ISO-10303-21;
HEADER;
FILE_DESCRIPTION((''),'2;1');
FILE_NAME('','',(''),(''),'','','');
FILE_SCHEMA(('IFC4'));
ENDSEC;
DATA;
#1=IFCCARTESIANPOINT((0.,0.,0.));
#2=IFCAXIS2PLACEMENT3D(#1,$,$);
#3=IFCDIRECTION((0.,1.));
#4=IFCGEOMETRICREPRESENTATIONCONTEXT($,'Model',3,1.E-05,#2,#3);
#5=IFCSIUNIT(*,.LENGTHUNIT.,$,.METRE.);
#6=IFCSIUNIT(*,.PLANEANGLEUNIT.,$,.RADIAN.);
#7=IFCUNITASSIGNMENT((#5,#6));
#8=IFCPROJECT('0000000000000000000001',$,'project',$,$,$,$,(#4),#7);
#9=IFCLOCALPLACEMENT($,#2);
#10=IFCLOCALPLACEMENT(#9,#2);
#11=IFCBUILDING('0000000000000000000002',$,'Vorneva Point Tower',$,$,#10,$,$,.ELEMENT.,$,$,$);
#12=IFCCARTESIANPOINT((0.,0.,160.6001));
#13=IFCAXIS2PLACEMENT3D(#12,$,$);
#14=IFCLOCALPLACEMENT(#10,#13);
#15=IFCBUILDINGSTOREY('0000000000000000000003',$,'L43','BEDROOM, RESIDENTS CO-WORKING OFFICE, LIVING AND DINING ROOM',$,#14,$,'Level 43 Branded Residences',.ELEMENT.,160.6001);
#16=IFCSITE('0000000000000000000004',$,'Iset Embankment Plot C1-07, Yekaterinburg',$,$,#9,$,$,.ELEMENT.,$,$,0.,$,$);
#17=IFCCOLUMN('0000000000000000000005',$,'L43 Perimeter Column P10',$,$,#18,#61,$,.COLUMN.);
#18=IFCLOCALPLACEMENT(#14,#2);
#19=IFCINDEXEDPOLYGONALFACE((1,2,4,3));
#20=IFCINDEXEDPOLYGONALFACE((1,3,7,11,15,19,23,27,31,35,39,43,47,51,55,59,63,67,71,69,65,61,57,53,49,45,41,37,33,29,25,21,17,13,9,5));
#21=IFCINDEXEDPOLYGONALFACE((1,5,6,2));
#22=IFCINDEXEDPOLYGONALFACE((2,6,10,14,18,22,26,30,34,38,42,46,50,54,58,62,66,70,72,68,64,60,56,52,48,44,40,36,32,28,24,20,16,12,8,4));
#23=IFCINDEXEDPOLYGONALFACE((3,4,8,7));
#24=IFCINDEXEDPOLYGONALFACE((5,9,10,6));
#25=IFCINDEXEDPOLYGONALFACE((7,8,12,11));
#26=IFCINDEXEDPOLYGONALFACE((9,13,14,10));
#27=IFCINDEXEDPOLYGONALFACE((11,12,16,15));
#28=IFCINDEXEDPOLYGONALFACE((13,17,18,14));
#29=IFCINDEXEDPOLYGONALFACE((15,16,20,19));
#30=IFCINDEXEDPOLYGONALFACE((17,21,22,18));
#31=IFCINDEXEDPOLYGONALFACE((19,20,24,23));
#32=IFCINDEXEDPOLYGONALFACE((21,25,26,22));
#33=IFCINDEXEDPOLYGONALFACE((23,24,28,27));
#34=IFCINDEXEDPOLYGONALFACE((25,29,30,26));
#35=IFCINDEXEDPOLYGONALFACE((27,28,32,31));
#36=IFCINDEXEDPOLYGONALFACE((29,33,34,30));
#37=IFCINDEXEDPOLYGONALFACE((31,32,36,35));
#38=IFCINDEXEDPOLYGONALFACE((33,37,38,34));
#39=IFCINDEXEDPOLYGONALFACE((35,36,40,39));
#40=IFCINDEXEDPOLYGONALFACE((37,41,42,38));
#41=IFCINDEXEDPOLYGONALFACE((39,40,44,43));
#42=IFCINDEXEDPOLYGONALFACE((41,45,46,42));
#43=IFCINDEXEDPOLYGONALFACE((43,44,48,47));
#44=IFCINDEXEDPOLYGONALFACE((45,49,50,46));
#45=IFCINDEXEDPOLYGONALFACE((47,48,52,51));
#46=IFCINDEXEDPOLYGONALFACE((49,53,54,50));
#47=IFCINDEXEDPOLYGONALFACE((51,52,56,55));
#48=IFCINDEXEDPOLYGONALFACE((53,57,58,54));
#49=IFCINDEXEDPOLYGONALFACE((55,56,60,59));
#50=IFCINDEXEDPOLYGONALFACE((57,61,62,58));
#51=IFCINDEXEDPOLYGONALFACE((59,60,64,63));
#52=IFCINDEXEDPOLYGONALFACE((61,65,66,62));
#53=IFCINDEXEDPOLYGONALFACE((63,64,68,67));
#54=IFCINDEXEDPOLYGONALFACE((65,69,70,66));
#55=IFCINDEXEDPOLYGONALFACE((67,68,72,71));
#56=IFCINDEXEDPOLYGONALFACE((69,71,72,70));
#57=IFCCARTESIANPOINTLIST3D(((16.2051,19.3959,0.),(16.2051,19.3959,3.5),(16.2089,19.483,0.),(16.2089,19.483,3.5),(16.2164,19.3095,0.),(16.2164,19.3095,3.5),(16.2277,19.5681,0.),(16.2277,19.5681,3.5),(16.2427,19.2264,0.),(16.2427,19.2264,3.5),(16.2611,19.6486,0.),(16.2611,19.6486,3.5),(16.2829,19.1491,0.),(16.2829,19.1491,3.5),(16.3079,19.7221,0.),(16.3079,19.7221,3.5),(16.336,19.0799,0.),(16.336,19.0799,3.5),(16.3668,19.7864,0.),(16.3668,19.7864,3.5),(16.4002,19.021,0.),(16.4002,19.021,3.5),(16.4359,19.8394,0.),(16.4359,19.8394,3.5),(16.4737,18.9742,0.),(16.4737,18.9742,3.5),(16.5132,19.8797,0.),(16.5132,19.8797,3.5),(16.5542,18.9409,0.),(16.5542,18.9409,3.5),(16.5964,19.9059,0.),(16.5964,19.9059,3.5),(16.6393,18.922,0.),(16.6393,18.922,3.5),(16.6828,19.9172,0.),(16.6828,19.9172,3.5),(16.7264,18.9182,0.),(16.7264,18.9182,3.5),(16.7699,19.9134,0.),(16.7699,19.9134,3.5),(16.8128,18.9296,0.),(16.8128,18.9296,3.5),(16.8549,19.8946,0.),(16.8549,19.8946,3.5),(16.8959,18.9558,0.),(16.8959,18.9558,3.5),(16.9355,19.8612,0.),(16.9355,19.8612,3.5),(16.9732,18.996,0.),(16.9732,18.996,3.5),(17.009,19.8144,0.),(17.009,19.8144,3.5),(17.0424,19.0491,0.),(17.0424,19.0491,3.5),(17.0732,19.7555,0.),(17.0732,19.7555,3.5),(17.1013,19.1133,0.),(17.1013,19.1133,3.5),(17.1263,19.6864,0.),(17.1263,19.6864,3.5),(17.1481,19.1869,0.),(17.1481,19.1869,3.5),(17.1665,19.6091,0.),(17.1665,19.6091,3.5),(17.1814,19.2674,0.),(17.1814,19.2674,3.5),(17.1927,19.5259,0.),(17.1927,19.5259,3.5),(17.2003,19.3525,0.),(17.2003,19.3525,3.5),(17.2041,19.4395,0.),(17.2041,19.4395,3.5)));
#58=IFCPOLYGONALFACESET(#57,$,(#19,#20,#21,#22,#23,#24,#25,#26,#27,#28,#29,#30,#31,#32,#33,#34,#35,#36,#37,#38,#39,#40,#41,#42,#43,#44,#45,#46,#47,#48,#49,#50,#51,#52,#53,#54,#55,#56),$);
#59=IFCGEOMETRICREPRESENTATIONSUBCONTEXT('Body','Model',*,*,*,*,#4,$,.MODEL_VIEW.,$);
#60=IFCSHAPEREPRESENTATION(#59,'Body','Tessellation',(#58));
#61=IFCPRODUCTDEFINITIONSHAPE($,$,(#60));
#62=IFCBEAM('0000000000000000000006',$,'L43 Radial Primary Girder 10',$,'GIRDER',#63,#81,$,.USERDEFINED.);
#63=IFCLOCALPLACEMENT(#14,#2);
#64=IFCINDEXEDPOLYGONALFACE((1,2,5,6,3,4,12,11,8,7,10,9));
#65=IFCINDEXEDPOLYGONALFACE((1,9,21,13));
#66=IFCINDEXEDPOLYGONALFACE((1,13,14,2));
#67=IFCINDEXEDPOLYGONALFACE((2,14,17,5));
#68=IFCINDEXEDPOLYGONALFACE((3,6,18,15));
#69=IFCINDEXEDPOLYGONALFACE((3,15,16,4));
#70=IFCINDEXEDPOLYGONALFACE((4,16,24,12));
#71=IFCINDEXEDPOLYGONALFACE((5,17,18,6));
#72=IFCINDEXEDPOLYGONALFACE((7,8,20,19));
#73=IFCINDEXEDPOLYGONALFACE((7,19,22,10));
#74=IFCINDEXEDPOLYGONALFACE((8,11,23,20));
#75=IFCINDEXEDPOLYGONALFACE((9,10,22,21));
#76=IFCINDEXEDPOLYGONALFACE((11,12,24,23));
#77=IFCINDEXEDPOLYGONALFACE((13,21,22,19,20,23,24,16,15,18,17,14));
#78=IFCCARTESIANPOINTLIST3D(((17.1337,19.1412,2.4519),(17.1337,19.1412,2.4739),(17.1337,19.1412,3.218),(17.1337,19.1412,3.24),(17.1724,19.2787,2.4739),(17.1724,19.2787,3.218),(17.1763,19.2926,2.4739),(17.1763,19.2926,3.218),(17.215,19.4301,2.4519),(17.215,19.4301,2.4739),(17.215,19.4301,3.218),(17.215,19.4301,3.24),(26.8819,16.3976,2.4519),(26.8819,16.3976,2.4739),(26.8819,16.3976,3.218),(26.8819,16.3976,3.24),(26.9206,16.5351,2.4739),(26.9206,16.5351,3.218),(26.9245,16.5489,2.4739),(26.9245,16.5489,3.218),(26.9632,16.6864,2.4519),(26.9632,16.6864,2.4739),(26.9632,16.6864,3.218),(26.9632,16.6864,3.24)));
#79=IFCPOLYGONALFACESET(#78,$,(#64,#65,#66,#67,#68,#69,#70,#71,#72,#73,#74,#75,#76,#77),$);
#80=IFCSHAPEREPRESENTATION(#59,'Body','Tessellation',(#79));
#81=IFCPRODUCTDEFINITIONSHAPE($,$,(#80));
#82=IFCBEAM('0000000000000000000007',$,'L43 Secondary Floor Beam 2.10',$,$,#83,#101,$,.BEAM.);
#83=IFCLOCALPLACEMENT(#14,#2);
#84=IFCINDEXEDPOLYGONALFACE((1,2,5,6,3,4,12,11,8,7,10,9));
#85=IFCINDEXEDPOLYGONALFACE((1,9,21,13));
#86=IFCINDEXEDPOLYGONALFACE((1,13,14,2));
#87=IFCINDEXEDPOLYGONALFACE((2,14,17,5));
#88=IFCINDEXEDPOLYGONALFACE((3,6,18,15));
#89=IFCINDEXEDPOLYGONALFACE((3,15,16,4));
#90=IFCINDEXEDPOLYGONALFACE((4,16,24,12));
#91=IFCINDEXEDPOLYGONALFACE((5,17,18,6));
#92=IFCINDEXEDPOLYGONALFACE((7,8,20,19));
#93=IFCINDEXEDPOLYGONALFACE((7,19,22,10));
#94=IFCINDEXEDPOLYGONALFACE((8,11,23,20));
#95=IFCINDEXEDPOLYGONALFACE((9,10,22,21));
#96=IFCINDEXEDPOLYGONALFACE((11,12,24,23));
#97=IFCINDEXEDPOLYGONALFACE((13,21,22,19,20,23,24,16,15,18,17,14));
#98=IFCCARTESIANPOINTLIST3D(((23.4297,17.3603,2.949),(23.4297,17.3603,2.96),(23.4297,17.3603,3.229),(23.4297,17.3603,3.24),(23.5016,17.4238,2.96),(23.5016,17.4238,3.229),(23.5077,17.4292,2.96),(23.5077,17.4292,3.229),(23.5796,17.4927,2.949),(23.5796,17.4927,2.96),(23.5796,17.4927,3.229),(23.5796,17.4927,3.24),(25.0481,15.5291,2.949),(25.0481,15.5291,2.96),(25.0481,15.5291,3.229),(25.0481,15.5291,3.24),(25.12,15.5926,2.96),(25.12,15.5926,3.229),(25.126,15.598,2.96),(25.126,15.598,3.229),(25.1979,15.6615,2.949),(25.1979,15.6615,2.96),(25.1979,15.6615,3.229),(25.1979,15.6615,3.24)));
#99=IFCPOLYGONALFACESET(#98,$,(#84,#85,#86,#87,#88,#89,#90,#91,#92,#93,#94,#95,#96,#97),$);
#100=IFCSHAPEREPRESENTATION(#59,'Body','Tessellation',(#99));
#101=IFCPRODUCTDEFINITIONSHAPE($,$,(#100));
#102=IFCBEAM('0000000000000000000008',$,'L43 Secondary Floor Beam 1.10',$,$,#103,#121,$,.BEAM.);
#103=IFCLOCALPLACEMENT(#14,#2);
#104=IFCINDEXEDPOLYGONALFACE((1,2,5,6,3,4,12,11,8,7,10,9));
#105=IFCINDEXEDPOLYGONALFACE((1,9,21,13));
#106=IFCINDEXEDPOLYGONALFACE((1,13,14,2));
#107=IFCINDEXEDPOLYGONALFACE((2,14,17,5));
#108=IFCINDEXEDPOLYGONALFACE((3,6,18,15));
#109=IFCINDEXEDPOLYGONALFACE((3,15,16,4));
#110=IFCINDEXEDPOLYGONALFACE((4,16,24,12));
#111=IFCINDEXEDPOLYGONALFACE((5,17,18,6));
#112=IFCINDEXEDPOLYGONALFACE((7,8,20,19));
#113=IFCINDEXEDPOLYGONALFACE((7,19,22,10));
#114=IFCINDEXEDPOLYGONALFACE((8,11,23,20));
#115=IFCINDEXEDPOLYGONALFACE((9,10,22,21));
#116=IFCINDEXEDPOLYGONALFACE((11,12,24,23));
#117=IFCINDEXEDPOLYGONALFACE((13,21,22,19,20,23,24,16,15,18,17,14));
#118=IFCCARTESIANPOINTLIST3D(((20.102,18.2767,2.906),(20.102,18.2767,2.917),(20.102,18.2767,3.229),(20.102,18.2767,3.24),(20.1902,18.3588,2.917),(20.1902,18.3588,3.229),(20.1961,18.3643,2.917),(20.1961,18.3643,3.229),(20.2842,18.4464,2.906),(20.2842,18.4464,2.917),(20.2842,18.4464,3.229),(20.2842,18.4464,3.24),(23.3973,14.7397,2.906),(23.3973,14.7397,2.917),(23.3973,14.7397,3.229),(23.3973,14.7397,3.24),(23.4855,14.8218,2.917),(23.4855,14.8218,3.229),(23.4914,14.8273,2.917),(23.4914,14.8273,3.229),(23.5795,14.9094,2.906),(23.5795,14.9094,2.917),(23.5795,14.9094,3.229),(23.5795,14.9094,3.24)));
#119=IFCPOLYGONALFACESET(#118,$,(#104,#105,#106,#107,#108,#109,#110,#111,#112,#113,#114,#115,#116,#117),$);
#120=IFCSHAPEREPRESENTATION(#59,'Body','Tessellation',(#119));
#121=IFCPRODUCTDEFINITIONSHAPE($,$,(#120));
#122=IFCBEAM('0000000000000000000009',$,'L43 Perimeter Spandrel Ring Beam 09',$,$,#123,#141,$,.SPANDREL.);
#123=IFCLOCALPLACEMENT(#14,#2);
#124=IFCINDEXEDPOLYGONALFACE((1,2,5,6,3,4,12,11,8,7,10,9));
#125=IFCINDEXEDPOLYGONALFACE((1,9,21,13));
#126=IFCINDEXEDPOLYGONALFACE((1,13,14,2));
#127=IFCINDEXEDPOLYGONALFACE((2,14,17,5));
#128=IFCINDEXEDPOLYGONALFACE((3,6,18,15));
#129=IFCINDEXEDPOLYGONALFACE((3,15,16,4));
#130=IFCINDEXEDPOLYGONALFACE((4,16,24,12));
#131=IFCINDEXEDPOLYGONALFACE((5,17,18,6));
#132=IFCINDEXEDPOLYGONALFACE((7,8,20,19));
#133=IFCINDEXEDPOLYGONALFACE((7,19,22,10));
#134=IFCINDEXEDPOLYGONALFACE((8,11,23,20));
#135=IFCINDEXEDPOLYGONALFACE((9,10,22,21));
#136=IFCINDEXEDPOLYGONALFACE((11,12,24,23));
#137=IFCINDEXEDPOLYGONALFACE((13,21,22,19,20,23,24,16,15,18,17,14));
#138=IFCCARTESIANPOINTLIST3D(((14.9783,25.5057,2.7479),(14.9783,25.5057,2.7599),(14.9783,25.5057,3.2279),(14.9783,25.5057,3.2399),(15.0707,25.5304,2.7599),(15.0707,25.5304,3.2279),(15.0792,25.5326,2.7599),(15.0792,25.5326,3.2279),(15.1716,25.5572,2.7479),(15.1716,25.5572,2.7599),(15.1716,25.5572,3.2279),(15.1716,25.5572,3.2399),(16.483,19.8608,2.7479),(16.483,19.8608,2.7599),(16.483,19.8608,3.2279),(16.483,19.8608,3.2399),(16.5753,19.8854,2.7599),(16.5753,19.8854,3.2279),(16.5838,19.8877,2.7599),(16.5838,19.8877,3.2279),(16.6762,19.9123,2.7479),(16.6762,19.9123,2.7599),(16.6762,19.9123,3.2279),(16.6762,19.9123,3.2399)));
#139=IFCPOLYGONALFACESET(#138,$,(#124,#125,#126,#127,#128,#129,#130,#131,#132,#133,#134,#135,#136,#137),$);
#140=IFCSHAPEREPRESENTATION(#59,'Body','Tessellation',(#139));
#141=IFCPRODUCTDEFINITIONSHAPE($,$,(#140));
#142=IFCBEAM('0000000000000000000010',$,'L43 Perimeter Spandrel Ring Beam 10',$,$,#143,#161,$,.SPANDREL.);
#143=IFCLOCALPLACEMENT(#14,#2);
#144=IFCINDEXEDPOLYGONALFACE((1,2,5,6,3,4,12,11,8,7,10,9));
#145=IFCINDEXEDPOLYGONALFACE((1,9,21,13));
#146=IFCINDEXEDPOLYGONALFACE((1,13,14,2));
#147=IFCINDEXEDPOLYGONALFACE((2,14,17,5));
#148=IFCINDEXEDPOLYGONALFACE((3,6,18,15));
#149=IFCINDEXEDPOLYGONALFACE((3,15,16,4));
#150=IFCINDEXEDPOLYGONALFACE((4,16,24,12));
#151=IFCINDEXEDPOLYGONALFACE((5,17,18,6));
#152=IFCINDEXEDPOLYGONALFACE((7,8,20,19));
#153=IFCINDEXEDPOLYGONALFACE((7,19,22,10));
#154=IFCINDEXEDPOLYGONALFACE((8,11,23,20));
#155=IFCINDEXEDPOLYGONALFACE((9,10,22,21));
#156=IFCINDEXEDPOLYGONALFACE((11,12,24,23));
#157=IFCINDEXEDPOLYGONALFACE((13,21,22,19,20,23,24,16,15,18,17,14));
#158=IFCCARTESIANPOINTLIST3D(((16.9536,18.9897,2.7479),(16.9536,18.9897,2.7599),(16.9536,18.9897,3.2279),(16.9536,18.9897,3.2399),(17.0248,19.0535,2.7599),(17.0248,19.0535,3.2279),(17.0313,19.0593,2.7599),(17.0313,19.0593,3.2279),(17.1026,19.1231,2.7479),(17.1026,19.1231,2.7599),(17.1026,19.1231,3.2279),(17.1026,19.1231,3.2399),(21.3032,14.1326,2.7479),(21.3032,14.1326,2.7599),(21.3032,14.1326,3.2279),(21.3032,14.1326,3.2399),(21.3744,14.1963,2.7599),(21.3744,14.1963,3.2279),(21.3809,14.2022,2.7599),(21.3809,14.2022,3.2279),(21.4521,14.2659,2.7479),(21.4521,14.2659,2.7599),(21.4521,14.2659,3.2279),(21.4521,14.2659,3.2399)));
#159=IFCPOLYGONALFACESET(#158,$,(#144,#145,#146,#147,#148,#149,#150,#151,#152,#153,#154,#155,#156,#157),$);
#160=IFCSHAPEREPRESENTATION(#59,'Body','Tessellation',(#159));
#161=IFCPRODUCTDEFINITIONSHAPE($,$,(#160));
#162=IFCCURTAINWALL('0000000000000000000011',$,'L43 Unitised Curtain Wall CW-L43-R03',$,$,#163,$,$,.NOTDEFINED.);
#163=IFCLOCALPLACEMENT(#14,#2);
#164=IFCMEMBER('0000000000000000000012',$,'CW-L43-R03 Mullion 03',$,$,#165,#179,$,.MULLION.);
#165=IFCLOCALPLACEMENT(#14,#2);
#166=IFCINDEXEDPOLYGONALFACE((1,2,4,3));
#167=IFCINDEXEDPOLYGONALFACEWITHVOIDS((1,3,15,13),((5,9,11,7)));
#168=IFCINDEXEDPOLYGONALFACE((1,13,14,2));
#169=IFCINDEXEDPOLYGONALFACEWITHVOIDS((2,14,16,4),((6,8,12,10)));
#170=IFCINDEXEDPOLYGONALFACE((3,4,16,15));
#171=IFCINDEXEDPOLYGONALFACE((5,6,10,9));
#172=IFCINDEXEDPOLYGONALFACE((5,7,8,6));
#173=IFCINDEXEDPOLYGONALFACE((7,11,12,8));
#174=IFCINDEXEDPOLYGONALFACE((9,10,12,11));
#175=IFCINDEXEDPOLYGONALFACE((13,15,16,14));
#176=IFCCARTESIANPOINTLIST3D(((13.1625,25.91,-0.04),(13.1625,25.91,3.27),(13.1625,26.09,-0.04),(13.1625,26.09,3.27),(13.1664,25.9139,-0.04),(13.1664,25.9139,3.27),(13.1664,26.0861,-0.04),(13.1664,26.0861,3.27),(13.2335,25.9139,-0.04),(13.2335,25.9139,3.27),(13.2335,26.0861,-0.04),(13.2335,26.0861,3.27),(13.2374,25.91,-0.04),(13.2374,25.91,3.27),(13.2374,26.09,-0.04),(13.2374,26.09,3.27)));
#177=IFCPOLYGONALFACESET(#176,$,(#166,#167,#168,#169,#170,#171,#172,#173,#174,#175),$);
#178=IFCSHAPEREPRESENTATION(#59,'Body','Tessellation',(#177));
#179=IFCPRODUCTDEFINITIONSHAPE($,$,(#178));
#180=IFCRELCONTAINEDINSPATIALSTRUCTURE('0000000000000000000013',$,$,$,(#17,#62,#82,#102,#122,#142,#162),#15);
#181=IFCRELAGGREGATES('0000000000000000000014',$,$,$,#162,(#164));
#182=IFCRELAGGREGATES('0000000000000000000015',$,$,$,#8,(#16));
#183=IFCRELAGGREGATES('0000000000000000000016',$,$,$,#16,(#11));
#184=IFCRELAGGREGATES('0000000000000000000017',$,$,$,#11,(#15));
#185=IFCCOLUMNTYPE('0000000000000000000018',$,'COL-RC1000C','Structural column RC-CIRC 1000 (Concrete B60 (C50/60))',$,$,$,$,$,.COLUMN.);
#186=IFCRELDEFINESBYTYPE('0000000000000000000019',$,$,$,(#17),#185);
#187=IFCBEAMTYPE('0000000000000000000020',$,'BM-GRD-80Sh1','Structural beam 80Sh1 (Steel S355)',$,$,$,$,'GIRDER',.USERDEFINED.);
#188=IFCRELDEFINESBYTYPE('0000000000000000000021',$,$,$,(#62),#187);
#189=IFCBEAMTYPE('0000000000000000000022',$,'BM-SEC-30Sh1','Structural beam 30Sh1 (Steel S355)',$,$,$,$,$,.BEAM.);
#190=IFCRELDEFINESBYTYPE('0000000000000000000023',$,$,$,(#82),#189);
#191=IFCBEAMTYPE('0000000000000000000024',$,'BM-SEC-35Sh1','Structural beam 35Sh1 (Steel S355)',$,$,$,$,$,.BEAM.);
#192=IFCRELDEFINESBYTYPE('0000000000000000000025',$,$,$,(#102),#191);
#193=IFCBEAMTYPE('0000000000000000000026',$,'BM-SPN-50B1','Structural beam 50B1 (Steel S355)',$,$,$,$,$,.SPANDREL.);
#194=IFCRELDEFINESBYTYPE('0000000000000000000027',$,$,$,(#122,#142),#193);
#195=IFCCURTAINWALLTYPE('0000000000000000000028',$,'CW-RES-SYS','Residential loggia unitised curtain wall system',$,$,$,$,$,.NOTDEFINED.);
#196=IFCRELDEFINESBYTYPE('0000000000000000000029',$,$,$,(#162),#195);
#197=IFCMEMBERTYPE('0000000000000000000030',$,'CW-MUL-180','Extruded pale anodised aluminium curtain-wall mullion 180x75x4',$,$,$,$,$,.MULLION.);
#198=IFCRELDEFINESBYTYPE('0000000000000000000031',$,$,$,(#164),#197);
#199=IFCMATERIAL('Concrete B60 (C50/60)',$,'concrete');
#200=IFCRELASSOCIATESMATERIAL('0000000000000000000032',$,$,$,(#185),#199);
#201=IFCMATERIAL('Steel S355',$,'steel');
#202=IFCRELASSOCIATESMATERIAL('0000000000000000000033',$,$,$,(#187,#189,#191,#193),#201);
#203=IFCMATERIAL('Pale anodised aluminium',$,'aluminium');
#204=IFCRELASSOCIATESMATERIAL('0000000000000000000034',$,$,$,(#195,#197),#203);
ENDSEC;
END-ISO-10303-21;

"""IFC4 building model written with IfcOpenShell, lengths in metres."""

from ifc_helpers import new_model, si_unit, direction, frame, origin, origin_2d, place, context, subcontext, project, spatial, hollow_rectangle, circle, i_section, extrude, material, material_profile, profile_set, type_object, element, aggregate, save


model = new_model("IFC4")

# Units and contexts
model_context = context("Model", 3, precision=1e-05, world=origin(), true_north=direction((0.0, 1.0)))
body_context = subcontext(model_context, "Body", "Model", "MODEL_VIEW")
ifc_project = project(units=[si_unit("LENGTHUNIT", "METRE"), si_unit("PLANEANGLEUNIT", "RADIAN")], contexts=[model_context])

# Site, building, storey
site_placement = place(None, origin())
site = spatial("IfcSite", under=ifc_project, at=site_placement, Name="Iset Embankment Plot C1-07, Yekaterinburg", CompositionType="ELEMENT", RefElevation=0.0)
building_placement = place(site_placement, origin())
building = spatial("IfcBuilding", under=site, at=building_placement, Name="Vorneva Point Tower", CompositionType="ELEMENT")
storey_placement = place(building_placement, frame((0.0, 0.0, 160.6001)))
storey = spatial("IfcBuildingStorey", under=building, at=storey_placement, Name="L43", Description="BEDROOM, RESIDENTS CO-WORKING OFFICE, LIVING AND DINING ROOM", LongName="Level 43 Branded Residences", CompositionType="ELEMENT", Elevation=160.6001)

# Column
ifc_material_1 = material(Name="Concrete B60 (C50/60)", Category="concrete")
ifc_material_profile_1 = material_profile(ifc_material_1, circle(Radius=0.5, at=origin_2d()), Name="RC-CIRC 1000")
ifc_profile_set_1 = profile_set([ifc_material_profile_1], Name="Concrete B60 (C50/60)")
column_type = type_object("IfcColumnType", Name="COL-RC1000C", Description="Structural column RC-CIRC 1000 (Concrete B60 (C50/60))", PredefinedType="COLUMN", material=ifc_profile_set_1)
column_placement = place(storey_placement, frame((16.7046, 19.4177, 0.0), z_axis=(0.0, 0.0, 1.0), x_axis=(-0.92388, -0.382683, 0.0)))
element("IfcColumn", 1, at=column_placement, inside=storey, type_object=column_type, Name="L43 Perimeter Column P10", PredefinedType="COLUMN", context=body_context, shape_type="SweptSolid", body=[
    extrude(circle(Radius=0.5, at=origin_2d()), origin(), (0.0, 0.0, 1.0), 3.5),
])

# Beams
ifc_material_2 = material(Name="Steel S355", Category="steel")
ifc_material_profile_2 = material_profile(ifc_material_2, i_section(OverallWidth=0.3, OverallDepth=0.7881, WebThickness=0.0144, FlangeThickness=0.022, at=origin_2d()), Name="80Sh1")
ifc_profile_set_2 = profile_set([ifc_material_profile_2], Name="Steel S355")
beam_type_1 = type_object("IfcBeamType", Name="BM-GRD-80Sh1", Description="Structural beam 80Sh1 (Steel S355)", ElementType="GIRDER", PredefinedType="USERDEFINED", material=ifc_profile_set_2)
beam_1_placement = place(storey_placement, frame((17.1743, 19.2856, 2.8459), z_axis=(0.962601, -0.270924, 0.0), x_axis=(0.270924, 0.962601, 0.0)))
element("IfcBeam", 2, at=beam_1_placement, inside=storey, type_object=beam_type_1, Name="L43 Radial Primary Girder 10", ObjectType="GIRDER", PredefinedType="USERDEFINED", context=body_context, shape_type="SweptSolid", body=[
    extrude(i_section(OverallWidth=0.3, OverallDepth=0.7881, WebThickness=0.0144, FlangeThickness=0.022, at=origin_2d()), origin(), (0.0, 0.0, 1.0), 10.127),
])
ifc_material_profile_3 = material_profile(ifc_material_2, i_section(OverallWidth=0.2, OverallDepth=0.291, WebThickness=0.0081, FlangeThickness=0.011, at=origin_2d()), Name="30Sh1")
ifc_profile_set_3 = profile_set([ifc_material_profile_3], Name="Steel S355")
beam_type_2 = type_object("IfcBeamType", Name="BM-SEC-30Sh1", Description="Structural beam 30Sh1 (Steel S355)", PredefinedType="BEAM", material=ifc_profile_set_3)
beam_2_placement = place(storey_placement, frame((23.5046, 17.4265, 3.0945), z_axis=(0.66221, -0.749319, 0.0), x_axis=(0.749319, 0.66221, 0.0)))
element("IfcBeam", 3, at=beam_2_placement, inside=storey, type_object=beam_type_2, Name="L43 Secondary Floor Beam 2.10", PredefinedType="BEAM", context=body_context, shape_type="SweptSolid", body=[
    extrude(i_section(OverallWidth=0.2, OverallDepth=0.291, WebThickness=0.0081, FlangeThickness=0.011, at=origin_2d()), origin(), (0.0, 0.0, 1.0), 2.4438),
])
ifc_material_profile_4 = material_profile(ifc_material_2, i_section(OverallWidth=0.249, OverallDepth=0.334, WebThickness=0.0081, FlangeThickness=0.011, at=origin_2d()), Name="35Sh1")
ifc_profile_set_4 = profile_set([ifc_material_profile_4], Name="Steel S355")
beam_type_3 = type_object("IfcBeamType", Name="BM-SEC-35Sh1", Description="Structural beam 35Sh1 (Steel S355)", PredefinedType="BEAM", material=ifc_profile_set_4)
beam_3_placement = place(storey_placement, frame((20.1931, 18.3616, 3.073), z_axis=(0.681667, -0.731663, 0.0), x_axis=(0.731663, 0.681667, 0.0)))
element("IfcBeam", 4, at=beam_3_placement, inside=storey, type_object=beam_type_3, Name="L43 Secondary Floor Beam 1.10", PredefinedType="BEAM", context=body_context, shape_type="SweptSolid", body=[
    extrude(i_section(OverallWidth=0.249, OverallDepth=0.334, WebThickness=0.0081, FlangeThickness=0.011, at=origin_2d()), origin(), (0.0, 0.0, 1.0), 4.8342),
])
ifc_material_profile_5 = material_profile(ifc_material_2, i_section(OverallWidth=0.2, OverallDepth=0.4919, WebThickness=0.0088, FlangeThickness=0.012, at=origin_2d()), Name="50B1")
ifc_profile_set_5 = profile_set([ifc_material_profile_5], Name="Steel S355")
beam_type_4 = type_object("IfcBeamType", Name="BM-SPN-50B1", Description="Structural beam 50B1 (Steel S355)", PredefinedType="SPANDREL", material=ifc_profile_set_5)
beam_4_placement = place(storey_placement, frame((15.075, 25.5315, 2.9939), z_axis=(0.257551, -0.966265, 0.0), x_axis=(0.966265, 0.257551, 0.0)))
element("IfcBeam", 5, at=beam_4_placement, inside=storey, type_object=beam_type_4, Name="L43 Perimeter Spandrel Ring Beam 09", PredefinedType="SPANDREL", context=body_context, shape_type="SweptSolid", body=[
    extrude(i_section(OverallWidth=0.2, OverallDepth=0.4919, WebThickness=0.0088, FlangeThickness=0.012, at=origin_2d()), origin(), (0.0, 0.0, 1.0), 5.842),
])
beam_5_placement = place(storey_placement, frame((17.0281, 19.0564, 2.9939), z_axis=(0.667111, -0.744958, 0.0), x_axis=(0.744958, 0.667111, 0.0)))
element("IfcBeam", 6, at=beam_5_placement, inside=storey, type_object=beam_type_4, Name="L43 Perimeter Spandrel Ring Beam 10", PredefinedType="SPANDREL", context=body_context, shape_type="SweptSolid", body=[
    extrude(i_section(OverallWidth=0.2, OverallDepth=0.4919, WebThickness=0.0088, FlangeThickness=0.012, at=origin_2d()), origin(), (0.0, 0.0, 1.0), 6.52),
])

# Curtain wall, member
ifc_material_3 = material(Name="Pale anodised aluminium", Category="aluminium")
curtain_wall_type = type_object("IfcCurtainWallType", Name="CW-RES-SYS", Description="Residential loggia unitised curtain wall system", PredefinedType="NOTDEFINED", material=ifc_material_3)
curtain_wall_placement = place(storey_placement, origin())
curtain_wall = element("IfcCurtainWall", 7, at=curtain_wall_placement, inside=storey, type_object=curtain_wall_type, Name="L43 Unitised Curtain Wall CW-L43-R03", PredefinedType="NOTDEFINED")
ifc_material_profile_6 = material_profile(ifc_material_3, hollow_rectangle(XDim=0.075, YDim=0.1799, WallThickness=0.0039, at=origin_2d()), Name="AL-MUL 180x75x4")
ifc_profile_set_6 = profile_set([ifc_material_profile_6], Name="Pale anodised aluminium")
member_type_1 = type_object("IfcMemberType", Name="CW-MUL-180", Description="Extruded pale anodised aluminium curtain-wall mullion 180x75x4", PredefinedType="MULLION", material=ifc_profile_set_6)
member_1_placement = place(storey_placement, frame((13.2, 26.0, -0.04), z_axis=(0.0, 0.0, 1.0), x_axis=(1.0, 0.0, 0.0)))
member_1 = element("IfcMember", 8, at=member_1_placement, type_object=member_type_1, Name="CW-L43-R03 Mullion 03", PredefinedType="MULLION", context=body_context, shape_type="SweptSolid", body=[
    extrude(hollow_rectangle(XDim=0.075, YDim=0.1799, WallThickness=0.0039, at=origin_2d()), origin(), (0.0, 0.0, 1.0), 3.3101),
])
aggregate(curtain_wall, [member_1])

save(model, "model.ifc")
